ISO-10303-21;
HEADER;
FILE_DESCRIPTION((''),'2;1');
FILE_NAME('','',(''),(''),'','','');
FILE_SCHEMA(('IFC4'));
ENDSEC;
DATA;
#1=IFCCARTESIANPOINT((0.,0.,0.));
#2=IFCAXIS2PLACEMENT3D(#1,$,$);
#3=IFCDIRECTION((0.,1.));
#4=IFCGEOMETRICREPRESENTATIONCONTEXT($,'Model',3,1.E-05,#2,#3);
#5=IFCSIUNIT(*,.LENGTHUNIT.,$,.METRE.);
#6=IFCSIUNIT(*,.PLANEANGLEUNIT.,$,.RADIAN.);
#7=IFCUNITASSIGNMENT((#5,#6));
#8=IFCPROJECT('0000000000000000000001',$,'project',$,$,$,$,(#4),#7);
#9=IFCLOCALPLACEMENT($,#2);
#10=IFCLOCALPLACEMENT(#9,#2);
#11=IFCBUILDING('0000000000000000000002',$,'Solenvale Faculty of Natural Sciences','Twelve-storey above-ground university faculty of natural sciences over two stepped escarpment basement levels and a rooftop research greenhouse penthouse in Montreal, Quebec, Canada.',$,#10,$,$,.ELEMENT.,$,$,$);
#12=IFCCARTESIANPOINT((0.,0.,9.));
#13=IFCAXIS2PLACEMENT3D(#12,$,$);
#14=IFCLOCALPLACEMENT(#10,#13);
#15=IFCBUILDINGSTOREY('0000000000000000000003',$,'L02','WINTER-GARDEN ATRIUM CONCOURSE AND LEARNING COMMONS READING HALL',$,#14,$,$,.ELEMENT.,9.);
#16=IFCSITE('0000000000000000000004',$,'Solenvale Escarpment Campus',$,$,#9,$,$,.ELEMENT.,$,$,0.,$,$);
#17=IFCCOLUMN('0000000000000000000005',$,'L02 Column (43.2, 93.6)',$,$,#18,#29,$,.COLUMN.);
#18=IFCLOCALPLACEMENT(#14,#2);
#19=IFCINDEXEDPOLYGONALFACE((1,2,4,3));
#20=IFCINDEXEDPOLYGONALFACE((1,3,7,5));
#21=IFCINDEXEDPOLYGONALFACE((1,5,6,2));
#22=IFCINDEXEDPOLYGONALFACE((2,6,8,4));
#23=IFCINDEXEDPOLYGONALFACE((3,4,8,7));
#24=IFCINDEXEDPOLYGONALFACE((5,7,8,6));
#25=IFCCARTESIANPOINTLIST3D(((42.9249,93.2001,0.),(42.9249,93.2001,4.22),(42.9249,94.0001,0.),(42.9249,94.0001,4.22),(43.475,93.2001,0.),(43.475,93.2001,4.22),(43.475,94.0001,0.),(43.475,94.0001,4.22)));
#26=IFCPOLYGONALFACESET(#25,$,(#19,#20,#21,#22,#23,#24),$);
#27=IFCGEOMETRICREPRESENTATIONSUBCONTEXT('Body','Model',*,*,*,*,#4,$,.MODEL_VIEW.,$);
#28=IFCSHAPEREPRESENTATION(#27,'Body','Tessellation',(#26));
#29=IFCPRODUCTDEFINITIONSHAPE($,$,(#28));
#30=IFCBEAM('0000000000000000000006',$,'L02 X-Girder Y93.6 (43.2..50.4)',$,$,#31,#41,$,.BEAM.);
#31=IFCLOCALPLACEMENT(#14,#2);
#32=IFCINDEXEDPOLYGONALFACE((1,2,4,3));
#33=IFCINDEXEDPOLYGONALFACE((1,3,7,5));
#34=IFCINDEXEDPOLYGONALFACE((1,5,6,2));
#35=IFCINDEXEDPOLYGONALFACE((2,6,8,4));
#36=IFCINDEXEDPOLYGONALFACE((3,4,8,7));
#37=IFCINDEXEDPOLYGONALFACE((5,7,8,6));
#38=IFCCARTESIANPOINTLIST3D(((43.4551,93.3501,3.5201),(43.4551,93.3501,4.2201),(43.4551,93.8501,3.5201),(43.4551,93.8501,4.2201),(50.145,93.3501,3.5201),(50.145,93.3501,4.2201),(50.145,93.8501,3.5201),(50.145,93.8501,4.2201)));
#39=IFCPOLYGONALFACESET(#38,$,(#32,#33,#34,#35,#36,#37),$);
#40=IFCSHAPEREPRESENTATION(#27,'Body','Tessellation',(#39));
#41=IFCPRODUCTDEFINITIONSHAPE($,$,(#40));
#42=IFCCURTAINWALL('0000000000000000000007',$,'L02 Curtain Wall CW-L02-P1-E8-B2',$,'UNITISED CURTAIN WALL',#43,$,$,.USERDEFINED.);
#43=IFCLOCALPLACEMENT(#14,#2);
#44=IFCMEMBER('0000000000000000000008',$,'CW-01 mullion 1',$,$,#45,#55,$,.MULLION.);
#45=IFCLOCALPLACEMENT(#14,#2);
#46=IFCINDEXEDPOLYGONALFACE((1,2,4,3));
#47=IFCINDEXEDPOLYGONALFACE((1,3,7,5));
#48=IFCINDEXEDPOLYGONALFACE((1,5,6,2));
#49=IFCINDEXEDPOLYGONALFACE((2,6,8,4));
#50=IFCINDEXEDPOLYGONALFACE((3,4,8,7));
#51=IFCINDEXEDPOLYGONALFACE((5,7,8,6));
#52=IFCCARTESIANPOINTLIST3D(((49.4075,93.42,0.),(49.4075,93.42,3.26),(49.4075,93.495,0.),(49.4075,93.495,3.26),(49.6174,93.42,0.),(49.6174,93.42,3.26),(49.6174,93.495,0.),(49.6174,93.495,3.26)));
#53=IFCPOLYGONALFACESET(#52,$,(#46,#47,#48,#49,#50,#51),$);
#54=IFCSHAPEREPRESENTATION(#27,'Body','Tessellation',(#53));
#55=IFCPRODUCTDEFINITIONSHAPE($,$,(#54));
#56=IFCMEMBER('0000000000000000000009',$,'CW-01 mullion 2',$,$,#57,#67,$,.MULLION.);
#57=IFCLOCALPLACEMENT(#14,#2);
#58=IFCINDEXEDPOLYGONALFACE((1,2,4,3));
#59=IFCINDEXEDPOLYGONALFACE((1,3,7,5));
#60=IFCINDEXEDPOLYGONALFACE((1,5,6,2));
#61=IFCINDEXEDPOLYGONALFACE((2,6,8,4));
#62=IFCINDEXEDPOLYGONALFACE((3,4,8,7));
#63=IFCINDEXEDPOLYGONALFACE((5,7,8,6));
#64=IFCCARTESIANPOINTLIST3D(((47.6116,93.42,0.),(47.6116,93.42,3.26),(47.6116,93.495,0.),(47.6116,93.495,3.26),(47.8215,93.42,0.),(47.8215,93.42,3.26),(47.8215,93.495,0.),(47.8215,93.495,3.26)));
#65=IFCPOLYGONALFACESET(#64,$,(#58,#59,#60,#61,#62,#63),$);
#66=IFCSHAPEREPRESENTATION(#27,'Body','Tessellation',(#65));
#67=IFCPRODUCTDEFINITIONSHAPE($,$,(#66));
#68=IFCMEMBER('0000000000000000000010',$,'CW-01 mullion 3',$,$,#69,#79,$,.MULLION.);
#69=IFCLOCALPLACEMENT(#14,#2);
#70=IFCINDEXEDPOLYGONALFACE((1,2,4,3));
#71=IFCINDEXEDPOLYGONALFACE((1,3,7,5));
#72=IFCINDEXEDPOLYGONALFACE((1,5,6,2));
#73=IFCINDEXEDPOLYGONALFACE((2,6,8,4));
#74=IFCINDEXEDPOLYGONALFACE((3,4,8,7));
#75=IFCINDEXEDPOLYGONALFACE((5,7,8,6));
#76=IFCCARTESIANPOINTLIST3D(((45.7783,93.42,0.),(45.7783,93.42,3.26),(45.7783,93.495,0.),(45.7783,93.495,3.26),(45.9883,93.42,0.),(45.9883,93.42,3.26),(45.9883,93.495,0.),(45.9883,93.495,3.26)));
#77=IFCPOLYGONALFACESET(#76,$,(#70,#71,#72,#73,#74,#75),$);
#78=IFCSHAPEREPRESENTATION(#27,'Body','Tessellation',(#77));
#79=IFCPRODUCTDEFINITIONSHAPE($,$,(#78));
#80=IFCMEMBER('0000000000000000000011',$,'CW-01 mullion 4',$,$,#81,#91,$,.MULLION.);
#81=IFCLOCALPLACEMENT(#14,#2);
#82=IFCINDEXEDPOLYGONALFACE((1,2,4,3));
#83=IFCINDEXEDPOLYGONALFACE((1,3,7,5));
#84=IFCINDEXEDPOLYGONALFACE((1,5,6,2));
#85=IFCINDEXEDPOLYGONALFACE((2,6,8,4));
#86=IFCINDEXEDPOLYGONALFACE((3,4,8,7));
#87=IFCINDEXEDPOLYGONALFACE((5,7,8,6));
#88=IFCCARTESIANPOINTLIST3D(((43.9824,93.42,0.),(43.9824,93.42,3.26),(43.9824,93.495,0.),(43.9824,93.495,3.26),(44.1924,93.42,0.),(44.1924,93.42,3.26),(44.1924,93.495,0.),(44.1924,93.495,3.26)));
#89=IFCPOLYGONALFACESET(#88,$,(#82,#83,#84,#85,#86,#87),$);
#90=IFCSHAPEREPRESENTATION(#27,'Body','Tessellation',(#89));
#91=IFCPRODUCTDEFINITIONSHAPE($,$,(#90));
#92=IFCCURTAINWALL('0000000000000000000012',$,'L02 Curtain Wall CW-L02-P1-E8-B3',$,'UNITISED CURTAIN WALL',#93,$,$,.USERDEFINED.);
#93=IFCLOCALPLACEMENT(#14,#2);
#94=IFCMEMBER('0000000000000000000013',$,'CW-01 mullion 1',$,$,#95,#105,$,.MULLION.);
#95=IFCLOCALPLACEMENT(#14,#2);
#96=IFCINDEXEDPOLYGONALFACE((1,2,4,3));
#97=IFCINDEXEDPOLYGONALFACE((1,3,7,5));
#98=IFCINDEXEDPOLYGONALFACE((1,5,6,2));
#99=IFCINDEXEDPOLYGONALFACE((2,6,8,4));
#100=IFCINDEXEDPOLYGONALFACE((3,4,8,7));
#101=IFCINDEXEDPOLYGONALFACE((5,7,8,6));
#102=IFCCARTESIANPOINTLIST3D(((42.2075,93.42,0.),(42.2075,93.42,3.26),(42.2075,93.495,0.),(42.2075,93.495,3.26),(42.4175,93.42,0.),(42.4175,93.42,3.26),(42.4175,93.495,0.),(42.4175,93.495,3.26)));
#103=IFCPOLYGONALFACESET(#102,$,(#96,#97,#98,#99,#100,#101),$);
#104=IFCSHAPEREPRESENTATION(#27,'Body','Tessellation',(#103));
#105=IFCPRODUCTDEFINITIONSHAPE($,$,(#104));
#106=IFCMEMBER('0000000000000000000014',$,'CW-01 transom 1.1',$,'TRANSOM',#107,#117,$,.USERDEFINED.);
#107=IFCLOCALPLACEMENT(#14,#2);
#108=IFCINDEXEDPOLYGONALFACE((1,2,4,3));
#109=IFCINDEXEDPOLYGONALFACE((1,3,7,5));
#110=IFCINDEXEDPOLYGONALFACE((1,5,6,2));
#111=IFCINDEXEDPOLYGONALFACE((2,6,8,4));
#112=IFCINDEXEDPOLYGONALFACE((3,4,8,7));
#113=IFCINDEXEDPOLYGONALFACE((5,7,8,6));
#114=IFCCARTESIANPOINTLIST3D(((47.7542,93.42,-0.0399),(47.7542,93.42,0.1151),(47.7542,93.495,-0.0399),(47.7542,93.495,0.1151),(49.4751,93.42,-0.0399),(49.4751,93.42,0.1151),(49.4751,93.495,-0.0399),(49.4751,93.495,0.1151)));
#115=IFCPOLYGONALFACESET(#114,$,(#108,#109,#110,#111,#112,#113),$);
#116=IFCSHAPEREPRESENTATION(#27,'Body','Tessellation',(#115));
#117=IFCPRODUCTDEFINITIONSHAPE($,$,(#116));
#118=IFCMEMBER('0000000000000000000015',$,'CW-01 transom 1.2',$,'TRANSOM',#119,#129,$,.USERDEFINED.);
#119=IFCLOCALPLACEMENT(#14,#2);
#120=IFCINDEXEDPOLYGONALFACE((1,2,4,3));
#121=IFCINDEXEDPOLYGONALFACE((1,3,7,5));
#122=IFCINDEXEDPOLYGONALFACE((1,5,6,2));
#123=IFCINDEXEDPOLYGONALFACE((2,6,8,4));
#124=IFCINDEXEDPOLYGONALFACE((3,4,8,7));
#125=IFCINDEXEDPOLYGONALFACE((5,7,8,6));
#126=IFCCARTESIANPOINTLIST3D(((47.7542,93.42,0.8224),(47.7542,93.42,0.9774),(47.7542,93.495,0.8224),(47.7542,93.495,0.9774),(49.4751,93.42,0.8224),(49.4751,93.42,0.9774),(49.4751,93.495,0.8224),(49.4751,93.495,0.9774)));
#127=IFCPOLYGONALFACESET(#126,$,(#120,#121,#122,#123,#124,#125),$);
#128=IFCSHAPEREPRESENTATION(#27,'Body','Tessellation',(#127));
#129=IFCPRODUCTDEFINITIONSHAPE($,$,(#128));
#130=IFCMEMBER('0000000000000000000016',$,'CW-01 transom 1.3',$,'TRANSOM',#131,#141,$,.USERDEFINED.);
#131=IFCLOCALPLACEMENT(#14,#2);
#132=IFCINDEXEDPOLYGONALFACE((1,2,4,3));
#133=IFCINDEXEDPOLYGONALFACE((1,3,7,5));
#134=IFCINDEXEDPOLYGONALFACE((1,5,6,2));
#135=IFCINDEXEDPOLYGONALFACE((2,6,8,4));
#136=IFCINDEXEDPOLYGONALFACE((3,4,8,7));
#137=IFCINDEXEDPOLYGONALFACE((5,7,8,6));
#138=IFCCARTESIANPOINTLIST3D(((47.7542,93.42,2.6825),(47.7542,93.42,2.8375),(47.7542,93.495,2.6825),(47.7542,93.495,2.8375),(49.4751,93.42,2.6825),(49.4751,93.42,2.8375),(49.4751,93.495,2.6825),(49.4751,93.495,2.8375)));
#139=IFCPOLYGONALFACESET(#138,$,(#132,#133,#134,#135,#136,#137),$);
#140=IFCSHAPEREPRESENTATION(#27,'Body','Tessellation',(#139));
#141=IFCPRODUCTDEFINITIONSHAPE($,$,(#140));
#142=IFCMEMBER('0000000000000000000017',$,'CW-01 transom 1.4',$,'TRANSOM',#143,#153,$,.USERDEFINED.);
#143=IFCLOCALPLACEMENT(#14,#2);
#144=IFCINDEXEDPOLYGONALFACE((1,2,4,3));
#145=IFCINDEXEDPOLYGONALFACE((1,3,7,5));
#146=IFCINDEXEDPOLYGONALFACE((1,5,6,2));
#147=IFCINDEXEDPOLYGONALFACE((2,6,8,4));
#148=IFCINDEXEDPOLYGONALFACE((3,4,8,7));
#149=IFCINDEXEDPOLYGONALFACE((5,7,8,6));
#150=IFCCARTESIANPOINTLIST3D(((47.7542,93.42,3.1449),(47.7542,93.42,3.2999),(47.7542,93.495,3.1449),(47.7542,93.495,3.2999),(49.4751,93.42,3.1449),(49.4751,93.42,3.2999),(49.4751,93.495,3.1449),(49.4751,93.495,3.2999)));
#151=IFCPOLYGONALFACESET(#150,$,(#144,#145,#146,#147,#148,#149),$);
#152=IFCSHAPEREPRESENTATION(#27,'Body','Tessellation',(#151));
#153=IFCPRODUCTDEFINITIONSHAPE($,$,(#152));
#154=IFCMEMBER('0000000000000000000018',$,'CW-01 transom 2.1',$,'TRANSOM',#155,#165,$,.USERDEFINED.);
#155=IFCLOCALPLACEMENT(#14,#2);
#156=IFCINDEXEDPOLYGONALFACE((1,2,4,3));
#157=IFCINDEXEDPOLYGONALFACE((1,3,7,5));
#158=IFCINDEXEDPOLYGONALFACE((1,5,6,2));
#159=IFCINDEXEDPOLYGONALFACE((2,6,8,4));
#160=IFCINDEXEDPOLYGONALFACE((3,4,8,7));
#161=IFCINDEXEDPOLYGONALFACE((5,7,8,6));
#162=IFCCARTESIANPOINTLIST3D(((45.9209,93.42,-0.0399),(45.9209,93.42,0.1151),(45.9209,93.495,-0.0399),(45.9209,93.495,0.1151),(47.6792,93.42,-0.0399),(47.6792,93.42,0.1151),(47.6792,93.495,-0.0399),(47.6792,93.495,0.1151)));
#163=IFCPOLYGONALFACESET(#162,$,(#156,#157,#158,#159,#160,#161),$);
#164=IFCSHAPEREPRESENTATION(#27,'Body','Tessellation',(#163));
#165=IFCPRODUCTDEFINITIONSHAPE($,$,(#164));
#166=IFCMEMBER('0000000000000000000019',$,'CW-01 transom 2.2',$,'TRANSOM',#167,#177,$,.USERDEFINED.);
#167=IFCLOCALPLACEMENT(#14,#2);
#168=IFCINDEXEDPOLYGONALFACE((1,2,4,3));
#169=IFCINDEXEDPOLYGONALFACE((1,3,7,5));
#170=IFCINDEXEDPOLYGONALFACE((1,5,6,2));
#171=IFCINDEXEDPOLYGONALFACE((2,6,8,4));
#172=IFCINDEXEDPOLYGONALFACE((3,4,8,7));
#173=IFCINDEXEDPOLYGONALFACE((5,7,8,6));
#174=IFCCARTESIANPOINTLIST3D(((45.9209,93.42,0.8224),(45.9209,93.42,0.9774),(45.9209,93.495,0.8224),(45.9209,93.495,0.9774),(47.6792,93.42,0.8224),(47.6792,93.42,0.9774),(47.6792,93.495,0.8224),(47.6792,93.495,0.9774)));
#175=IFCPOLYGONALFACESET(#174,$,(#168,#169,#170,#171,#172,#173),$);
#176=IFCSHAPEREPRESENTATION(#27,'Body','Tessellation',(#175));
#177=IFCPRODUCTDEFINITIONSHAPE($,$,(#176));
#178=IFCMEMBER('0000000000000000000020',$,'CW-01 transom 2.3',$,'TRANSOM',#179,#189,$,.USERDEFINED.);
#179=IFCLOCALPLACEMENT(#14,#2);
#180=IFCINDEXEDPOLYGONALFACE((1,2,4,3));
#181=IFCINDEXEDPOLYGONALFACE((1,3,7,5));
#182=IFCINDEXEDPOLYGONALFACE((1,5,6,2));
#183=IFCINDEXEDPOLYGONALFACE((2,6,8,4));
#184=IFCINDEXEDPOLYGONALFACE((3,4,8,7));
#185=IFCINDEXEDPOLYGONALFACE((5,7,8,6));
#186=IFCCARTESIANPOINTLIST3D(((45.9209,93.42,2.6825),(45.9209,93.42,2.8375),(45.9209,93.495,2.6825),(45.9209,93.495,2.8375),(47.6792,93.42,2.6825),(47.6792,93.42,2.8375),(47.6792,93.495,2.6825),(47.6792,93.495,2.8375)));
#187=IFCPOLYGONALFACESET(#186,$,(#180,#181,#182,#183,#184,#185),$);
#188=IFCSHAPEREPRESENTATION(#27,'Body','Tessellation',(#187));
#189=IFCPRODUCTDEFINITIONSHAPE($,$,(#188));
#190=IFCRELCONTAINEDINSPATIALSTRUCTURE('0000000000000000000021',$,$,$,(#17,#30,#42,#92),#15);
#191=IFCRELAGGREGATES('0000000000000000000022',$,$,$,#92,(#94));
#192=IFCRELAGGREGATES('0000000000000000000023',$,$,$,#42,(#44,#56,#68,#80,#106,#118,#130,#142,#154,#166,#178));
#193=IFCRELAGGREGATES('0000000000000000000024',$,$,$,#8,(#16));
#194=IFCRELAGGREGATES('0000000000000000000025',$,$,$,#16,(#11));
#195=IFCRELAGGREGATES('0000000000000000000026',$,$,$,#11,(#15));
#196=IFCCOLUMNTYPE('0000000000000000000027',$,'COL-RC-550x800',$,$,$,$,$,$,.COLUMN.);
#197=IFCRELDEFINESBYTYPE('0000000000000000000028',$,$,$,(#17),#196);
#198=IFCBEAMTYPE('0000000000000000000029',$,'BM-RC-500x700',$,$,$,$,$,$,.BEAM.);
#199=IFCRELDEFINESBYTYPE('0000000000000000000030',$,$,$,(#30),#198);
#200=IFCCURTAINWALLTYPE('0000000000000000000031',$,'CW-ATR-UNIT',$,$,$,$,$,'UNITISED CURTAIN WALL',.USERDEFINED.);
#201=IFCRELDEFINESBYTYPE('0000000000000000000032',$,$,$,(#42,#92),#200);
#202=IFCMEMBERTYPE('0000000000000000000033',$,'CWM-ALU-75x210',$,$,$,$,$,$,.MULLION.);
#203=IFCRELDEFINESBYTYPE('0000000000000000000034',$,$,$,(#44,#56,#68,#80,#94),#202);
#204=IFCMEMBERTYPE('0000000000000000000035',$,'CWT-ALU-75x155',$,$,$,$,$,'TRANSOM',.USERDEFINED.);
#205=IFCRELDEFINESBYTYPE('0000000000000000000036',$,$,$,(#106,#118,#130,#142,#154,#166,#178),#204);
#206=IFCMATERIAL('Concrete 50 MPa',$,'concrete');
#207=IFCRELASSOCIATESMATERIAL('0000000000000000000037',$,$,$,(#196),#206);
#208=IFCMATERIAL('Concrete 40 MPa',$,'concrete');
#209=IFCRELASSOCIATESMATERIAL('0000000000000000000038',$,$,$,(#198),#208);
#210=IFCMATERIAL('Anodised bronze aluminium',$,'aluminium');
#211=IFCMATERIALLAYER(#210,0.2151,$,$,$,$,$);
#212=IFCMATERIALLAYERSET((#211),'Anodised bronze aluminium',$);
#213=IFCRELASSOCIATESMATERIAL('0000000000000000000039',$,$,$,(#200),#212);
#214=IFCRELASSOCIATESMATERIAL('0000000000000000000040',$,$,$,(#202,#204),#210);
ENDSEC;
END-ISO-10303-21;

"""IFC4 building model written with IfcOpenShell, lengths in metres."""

from ifc_helpers import new_model, si_unit, direction, frame, origin, origin_2d, place, context, subcontext, project, spatial, rectangle, extrude, material, layer, layer_set, material_profile, profile_set, type_object, element, aggregate, save


model = new_model("IFC4")

# Units and contexts
model_context = context("Model", 3, precision=1e-05, world=origin(), true_north=direction((0.0, 1.0)))
body_context = subcontext(model_context, "Body", "Model", "MODEL_VIEW")
ifc_project = project(units=[si_unit("LENGTHUNIT", "METRE"), si_unit("PLANEANGLEUNIT", "RADIAN")], contexts=[model_context])

# Site, building, storey
site_placement = place(None, origin())
site = spatial("IfcSite", under=ifc_project, at=site_placement, Name="Solenvale Escarpment Campus", CompositionType="ELEMENT", RefElevation=0.0)
building_placement = place(site_placement, origin())
building = spatial("IfcBuilding", under=site, at=building_placement, Name="Solenvale Faculty of Natural Sciences", Description="Twelve-storey above-ground university faculty of natural sciences over two stepped escarpment basement levels and a rooftop research greenhouse penthouse in Montreal, Quebec, Canada.", CompositionType="ELEMENT")
storey_placement = place(building_placement, frame((0.0, 0.0, 9.0)))
storey = spatial("IfcBuildingStorey", under=building, at=storey_placement, Name="L02", Description="WINTER-GARDEN ATRIUM CONCOURSE AND LEARNING COMMONS READING HALL", CompositionType="ELEMENT", Elevation=9.0)

# Column
ifc_material_1 = material(Name="Concrete 50 MPa", Category="concrete")
ifc_material_profile_1 = material_profile(ifc_material_1, rectangle(XDim=0.55, YDim=0.8, at=origin_2d()), Name="RC-COL-550x800")
ifc_profile_set_1 = profile_set([ifc_material_profile_1], Name="Concrete 50 MPa")
column_type = type_object("IfcColumnType", Name="COL-RC-550x800", PredefinedType="COLUMN", material=ifc_profile_set_1)
column_placement = place(storey_placement, frame((43.2, 93.6001, 0.0), z_axis=(0.0, 0.0, 1.0), x_axis=(1.0, 0.0, 0.0)))
element("IfcColumn", 1, at=column_placement, inside=storey, type_object=column_type, Name="L02 Column (43.2, 93.6)", PredefinedType="COLUMN", context=body_context, shape_type="SweptSolid", body=[
    extrude(rectangle(XDim=0.55, YDim=0.8, at=origin_2d()), origin(), (0.0, 0.0, 1.0), 4.22),
])

# Beam
ifc_material_2 = material(Name="Concrete 40 MPa", Category="concrete")
ifc_material_profile_2 = material_profile(ifc_material_2, rectangle(XDim=0.5, YDim=0.7, at=origin_2d()), Name="RC-BM-500x700")
ifc_profile_set_2 = profile_set([ifc_material_profile_2], Name="Concrete 40 MPa")
beam_type = type_object("IfcBeamType", Name="BM-RC-500x700", PredefinedType="BEAM", material=ifc_profile_set_2)
beam_placement = place(storey_placement, frame((43.4551, 93.6001, 3.8701), z_axis=(1.0, 0.0, 0.0), x_axis=(0.0, 1.0, 0.0)))
element("IfcBeam", 2, at=beam_placement, inside=storey, type_object=beam_type, Name="L02 X-Girder Y93.6 (43.2..50.4)", PredefinedType="BEAM", context=body_context, shape_type="SweptSolid", body=[
    extrude(rectangle(XDim=0.5, YDim=0.7, at=origin_2d()), origin(), (0.0, 0.0, 1.0), 6.6899),
])

# Curtain wall, members
ifc_material_3 = material(Name="Anodised bronze aluminium", Category="aluminium")
ifc_layer_1 = layer(ifc_material_3, 0.2151)
ifc_layer_set_1 = layer_set([ifc_layer_1], Name="Anodised bronze aluminium")
curtain_wall_type = type_object("IfcCurtainWallType", Name="CW-ATR-UNIT", ElementType="UNITISED CURTAIN WALL", PredefinedType="USERDEFINED", material=ifc_layer_set_1)
curtain_wall_1_placement = place(storey_placement, origin())
curtain_wall_1 = element("IfcCurtainWall", 3, at=curtain_wall_1_placement, inside=storey, type_object=curtain_wall_type, Name="L02 Curtain Wall CW-L02-P1-E8-B2", ObjectType="UNITISED CURTAIN WALL", PredefinedType="USERDEFINED")
ifc_material_profile_3 = material_profile(ifc_material_3, rectangle(XDim=0.075, YDim=0.21, at=origin_2d()), Name="ALU-MUL-75x210")
ifc_profile_set_3 = profile_set([ifc_material_profile_3], Name="Anodised bronze aluminium")
member_type_1 = type_object("IfcMemberType", Name="CWM-ALU-75x210", PredefinedType="MULLION", material=ifc_profile_set_3)
member_1_placement = place(storey_placement, frame((49.5125, 93.4575, 0.0), z_axis=(0.0, 0.0, 1.0), x_axis=(0.0, -1.0, 0.0)))
member_1 = element("IfcMember", 4, at=member_1_placement, type_object=member_type_1, Name="CW-01 mullion 1", PredefinedType="MULLION", context=body_context, shape_type="SweptSolid", body=[
    extrude(rectangle(XDim=0.075, YDim=0.21, at=origin_2d()), origin(), (0.0, 0.0, 1.0), 3.26),
])
member_2_placement = place(storey_placement, frame((47.7166, 93.4575, 0.0), z_axis=(0.0, 0.0, 1.0), x_axis=(0.0, -1.0, 0.0)))
member_2 = element("IfcMember", 5, at=member_2_placement, type_object=member_type_1, Name="CW-01 mullion 2", PredefinedType="MULLION", context=body_context, shape_type="SweptSolid", body=[
    extrude(rectangle(XDim=0.075, YDim=0.21, at=origin_2d()), origin(), (0.0, 0.0, 1.0), 3.26),
])
member_3_placement = place(storey_placement, frame((45.8833, 93.4575, 0.0), z_axis=(0.0, 0.0, 1.0), x_axis=(0.0, -1.0, 0.0)))
member_3 = element("IfcMember", 6, at=member_3_placement, type_object=member_type_1, Name="CW-01 mullion 3", PredefinedType="MULLION", context=body_context, shape_type="SweptSolid", body=[
    extrude(rectangle(XDim=0.075, YDim=0.21, at=origin_2d()), origin(), (0.0, 0.0, 1.0), 3.26),
])
member_4_placement = place(storey_placement, frame((44.0874, 93.4575, 0.0), z_axis=(0.0, 0.0, 1.0), x_axis=(0.0, -1.0, 0.0)))
member_4 = element("IfcMember", 7, at=member_4_placement, type_object=member_type_1, Name="CW-01 mullion 4", PredefinedType="MULLION", context=body_context, shape_type="SweptSolid", body=[
    extrude(rectangle(XDim=0.075, YDim=0.21, at=origin_2d()), origin(), (0.0, 0.0, 1.0), 3.26),
])

# Curtain wall, member
curtain_wall_2_placement = place(storey_placement, origin())
curtain_wall_2 = element("IfcCurtainWall", 8, at=curtain_wall_2_placement, inside=storey, type_object=curtain_wall_type, Name="L02 Curtain Wall CW-L02-P1-E8-B3", ObjectType="UNITISED CURTAIN WALL", PredefinedType="USERDEFINED")
member_5_placement = place(storey_placement, frame((42.3125, 93.4575, 0.0), z_axis=(0.0, 0.0, 1.0), x_axis=(0.0, -1.0, 0.0)))
member_5 = element("IfcMember", 9, at=member_5_placement, type_object=member_type_1, Name="CW-01 mullion 1", PredefinedType="MULLION", context=body_context, shape_type="SweptSolid", body=[
    extrude(rectangle(XDim=0.075, YDim=0.21, at=origin_2d()), origin(), (0.0, 0.0, 1.0), 3.26),
])
aggregate(curtain_wall_2, [member_5])

# Members
ifc_material_profile_4 = material_profile(ifc_material_3, rectangle(XDim=0.075, YDim=0.155, at=origin_2d()), Name="ALU-TRN-75x155")
ifc_profile_set_4 = profile_set([ifc_material_profile_4], Name="Anodised bronze aluminium")
member_type_2 = type_object("IfcMemberType", Name="CWT-ALU-75x155", ElementType="TRANSOM", PredefinedType="USERDEFINED", material=ifc_profile_set_4)
member_6_placement = place(storey_placement, frame((49.4751, 93.4575, 0.0376), z_axis=(-1.0, 0.0, 0.0), x_axis=(0.0, -1.0, 0.0)))
member_6 = element("IfcMember", 10, at=member_6_placement, type_object=member_type_2, Name="CW-01 transom 1.1", ObjectType="TRANSOM", PredefinedType="USERDEFINED", context=body_context, shape_type="SweptSolid", body=[
    extrude(rectangle(XDim=0.075, YDim=0.155, at=origin_2d()), origin(), (0.0, 0.0, 1.0), 1.7209),
])
member_7_placement = place(storey_placement, frame((49.4751, 93.4575, 0.8999), z_axis=(-1.0, 0.0, 0.0), x_axis=(0.0, -1.0, 0.0)))
member_7 = element("IfcMember", 11, at=member_7_placement, type_object=member_type_2, Name="CW-01 transom 1.2", ObjectType="TRANSOM", PredefinedType="USERDEFINED", context=body_context, shape_type="SweptSolid", body=[
    extrude(rectangle(XDim=0.075, YDim=0.155, at=origin_2d()), origin(), (0.0, 0.0, 1.0), 1.7209),
])
member_8_placement = place(storey_placement, frame((49.4751, 93.4575, 2.76), z_axis=(-1.0, 0.0, 0.0), x_axis=(0.0, -1.0, 0.0)))
member_8 = element("IfcMember", 12, at=member_8_placement, type_object=member_type_2, Name="CW-01 transom 1.3", ObjectType="TRANSOM", PredefinedType="USERDEFINED", context=body_context, shape_type="SweptSolid", body=[
    extrude(rectangle(XDim=0.075, YDim=0.155, at=origin_2d()), origin(), (0.0, 0.0, 1.0), 1.7209),
])
member_9_placement = place(storey_placement, frame((49.4751, 93.4575, 3.2224), z_axis=(-1.0, 0.0, 0.0), x_axis=(0.0, -1.0, 0.0)))
member_9 = element("IfcMember", 13, at=member_9_placement, type_object=member_type_2, Name="CW-01 transom 1.4", ObjectType="TRANSOM", PredefinedType="USERDEFINED", context=body_context, shape_type="SweptSolid", body=[
    extrude(rectangle(XDim=0.075, YDim=0.155, at=origin_2d()), origin(), (0.0, 0.0, 1.0), 1.7209),
])
member_10_placement = place(storey_placement, frame((47.6792, 93.4575, 0.0376), z_axis=(-1.0, 0.0, 0.0), x_axis=(0.0, -1.0, 0.0)))
member_10 = element("IfcMember", 14, at=member_10_placement, type_object=member_type_2, Name="CW-01 transom 2.1", ObjectType="TRANSOM", PredefinedType="USERDEFINED", context=body_context, shape_type="SweptSolid", body=[
    extrude(rectangle(XDim=0.075, YDim=0.155, at=origin_2d()), origin(), (0.0, 0.0, 1.0), 1.7583),
])
member_11_placement = place(storey_placement, frame((47.6792, 93.4575, 0.8999), z_axis=(-1.0, 0.0, 0.0), x_axis=(0.0, -1.0, 0.0)))
member_11 = element("IfcMember", 15, at=member_11_placement, type_object=member_type_2, Name="CW-01 transom 2.2", ObjectType="TRANSOM", PredefinedType="USERDEFINED", context=body_context, shape_type="SweptSolid", body=[
    extrude(rectangle(XDim=0.075, YDim=0.155, at=origin_2d()), origin(), (0.0, 0.0, 1.0), 1.7583),
])
member_12_placement = place(storey_placement, frame((47.6792, 93.4575, 2.76), z_axis=(-1.0, 0.0, 0.0), x_axis=(0.0, -1.0, 0.0)))
member_12 = element("IfcMember", 16, at=member_12_placement, type_object=member_type_2, Name="CW-01 transom 2.3", ObjectType="TRANSOM", PredefinedType="USERDEFINED", context=body_context, shape_type="SweptSolid", body=[
    extrude(rectangle(XDim=0.075, YDim=0.155, at=origin_2d()), origin(), (0.0, 0.0, 1.0), 1.7583),
])

aggregate(curtain_wall_1, [member_1, member_2, member_3, member_4, member_6, member_7, member_8, member_9, member_10, member_11, member_12])

save(model, "model.ifc")
